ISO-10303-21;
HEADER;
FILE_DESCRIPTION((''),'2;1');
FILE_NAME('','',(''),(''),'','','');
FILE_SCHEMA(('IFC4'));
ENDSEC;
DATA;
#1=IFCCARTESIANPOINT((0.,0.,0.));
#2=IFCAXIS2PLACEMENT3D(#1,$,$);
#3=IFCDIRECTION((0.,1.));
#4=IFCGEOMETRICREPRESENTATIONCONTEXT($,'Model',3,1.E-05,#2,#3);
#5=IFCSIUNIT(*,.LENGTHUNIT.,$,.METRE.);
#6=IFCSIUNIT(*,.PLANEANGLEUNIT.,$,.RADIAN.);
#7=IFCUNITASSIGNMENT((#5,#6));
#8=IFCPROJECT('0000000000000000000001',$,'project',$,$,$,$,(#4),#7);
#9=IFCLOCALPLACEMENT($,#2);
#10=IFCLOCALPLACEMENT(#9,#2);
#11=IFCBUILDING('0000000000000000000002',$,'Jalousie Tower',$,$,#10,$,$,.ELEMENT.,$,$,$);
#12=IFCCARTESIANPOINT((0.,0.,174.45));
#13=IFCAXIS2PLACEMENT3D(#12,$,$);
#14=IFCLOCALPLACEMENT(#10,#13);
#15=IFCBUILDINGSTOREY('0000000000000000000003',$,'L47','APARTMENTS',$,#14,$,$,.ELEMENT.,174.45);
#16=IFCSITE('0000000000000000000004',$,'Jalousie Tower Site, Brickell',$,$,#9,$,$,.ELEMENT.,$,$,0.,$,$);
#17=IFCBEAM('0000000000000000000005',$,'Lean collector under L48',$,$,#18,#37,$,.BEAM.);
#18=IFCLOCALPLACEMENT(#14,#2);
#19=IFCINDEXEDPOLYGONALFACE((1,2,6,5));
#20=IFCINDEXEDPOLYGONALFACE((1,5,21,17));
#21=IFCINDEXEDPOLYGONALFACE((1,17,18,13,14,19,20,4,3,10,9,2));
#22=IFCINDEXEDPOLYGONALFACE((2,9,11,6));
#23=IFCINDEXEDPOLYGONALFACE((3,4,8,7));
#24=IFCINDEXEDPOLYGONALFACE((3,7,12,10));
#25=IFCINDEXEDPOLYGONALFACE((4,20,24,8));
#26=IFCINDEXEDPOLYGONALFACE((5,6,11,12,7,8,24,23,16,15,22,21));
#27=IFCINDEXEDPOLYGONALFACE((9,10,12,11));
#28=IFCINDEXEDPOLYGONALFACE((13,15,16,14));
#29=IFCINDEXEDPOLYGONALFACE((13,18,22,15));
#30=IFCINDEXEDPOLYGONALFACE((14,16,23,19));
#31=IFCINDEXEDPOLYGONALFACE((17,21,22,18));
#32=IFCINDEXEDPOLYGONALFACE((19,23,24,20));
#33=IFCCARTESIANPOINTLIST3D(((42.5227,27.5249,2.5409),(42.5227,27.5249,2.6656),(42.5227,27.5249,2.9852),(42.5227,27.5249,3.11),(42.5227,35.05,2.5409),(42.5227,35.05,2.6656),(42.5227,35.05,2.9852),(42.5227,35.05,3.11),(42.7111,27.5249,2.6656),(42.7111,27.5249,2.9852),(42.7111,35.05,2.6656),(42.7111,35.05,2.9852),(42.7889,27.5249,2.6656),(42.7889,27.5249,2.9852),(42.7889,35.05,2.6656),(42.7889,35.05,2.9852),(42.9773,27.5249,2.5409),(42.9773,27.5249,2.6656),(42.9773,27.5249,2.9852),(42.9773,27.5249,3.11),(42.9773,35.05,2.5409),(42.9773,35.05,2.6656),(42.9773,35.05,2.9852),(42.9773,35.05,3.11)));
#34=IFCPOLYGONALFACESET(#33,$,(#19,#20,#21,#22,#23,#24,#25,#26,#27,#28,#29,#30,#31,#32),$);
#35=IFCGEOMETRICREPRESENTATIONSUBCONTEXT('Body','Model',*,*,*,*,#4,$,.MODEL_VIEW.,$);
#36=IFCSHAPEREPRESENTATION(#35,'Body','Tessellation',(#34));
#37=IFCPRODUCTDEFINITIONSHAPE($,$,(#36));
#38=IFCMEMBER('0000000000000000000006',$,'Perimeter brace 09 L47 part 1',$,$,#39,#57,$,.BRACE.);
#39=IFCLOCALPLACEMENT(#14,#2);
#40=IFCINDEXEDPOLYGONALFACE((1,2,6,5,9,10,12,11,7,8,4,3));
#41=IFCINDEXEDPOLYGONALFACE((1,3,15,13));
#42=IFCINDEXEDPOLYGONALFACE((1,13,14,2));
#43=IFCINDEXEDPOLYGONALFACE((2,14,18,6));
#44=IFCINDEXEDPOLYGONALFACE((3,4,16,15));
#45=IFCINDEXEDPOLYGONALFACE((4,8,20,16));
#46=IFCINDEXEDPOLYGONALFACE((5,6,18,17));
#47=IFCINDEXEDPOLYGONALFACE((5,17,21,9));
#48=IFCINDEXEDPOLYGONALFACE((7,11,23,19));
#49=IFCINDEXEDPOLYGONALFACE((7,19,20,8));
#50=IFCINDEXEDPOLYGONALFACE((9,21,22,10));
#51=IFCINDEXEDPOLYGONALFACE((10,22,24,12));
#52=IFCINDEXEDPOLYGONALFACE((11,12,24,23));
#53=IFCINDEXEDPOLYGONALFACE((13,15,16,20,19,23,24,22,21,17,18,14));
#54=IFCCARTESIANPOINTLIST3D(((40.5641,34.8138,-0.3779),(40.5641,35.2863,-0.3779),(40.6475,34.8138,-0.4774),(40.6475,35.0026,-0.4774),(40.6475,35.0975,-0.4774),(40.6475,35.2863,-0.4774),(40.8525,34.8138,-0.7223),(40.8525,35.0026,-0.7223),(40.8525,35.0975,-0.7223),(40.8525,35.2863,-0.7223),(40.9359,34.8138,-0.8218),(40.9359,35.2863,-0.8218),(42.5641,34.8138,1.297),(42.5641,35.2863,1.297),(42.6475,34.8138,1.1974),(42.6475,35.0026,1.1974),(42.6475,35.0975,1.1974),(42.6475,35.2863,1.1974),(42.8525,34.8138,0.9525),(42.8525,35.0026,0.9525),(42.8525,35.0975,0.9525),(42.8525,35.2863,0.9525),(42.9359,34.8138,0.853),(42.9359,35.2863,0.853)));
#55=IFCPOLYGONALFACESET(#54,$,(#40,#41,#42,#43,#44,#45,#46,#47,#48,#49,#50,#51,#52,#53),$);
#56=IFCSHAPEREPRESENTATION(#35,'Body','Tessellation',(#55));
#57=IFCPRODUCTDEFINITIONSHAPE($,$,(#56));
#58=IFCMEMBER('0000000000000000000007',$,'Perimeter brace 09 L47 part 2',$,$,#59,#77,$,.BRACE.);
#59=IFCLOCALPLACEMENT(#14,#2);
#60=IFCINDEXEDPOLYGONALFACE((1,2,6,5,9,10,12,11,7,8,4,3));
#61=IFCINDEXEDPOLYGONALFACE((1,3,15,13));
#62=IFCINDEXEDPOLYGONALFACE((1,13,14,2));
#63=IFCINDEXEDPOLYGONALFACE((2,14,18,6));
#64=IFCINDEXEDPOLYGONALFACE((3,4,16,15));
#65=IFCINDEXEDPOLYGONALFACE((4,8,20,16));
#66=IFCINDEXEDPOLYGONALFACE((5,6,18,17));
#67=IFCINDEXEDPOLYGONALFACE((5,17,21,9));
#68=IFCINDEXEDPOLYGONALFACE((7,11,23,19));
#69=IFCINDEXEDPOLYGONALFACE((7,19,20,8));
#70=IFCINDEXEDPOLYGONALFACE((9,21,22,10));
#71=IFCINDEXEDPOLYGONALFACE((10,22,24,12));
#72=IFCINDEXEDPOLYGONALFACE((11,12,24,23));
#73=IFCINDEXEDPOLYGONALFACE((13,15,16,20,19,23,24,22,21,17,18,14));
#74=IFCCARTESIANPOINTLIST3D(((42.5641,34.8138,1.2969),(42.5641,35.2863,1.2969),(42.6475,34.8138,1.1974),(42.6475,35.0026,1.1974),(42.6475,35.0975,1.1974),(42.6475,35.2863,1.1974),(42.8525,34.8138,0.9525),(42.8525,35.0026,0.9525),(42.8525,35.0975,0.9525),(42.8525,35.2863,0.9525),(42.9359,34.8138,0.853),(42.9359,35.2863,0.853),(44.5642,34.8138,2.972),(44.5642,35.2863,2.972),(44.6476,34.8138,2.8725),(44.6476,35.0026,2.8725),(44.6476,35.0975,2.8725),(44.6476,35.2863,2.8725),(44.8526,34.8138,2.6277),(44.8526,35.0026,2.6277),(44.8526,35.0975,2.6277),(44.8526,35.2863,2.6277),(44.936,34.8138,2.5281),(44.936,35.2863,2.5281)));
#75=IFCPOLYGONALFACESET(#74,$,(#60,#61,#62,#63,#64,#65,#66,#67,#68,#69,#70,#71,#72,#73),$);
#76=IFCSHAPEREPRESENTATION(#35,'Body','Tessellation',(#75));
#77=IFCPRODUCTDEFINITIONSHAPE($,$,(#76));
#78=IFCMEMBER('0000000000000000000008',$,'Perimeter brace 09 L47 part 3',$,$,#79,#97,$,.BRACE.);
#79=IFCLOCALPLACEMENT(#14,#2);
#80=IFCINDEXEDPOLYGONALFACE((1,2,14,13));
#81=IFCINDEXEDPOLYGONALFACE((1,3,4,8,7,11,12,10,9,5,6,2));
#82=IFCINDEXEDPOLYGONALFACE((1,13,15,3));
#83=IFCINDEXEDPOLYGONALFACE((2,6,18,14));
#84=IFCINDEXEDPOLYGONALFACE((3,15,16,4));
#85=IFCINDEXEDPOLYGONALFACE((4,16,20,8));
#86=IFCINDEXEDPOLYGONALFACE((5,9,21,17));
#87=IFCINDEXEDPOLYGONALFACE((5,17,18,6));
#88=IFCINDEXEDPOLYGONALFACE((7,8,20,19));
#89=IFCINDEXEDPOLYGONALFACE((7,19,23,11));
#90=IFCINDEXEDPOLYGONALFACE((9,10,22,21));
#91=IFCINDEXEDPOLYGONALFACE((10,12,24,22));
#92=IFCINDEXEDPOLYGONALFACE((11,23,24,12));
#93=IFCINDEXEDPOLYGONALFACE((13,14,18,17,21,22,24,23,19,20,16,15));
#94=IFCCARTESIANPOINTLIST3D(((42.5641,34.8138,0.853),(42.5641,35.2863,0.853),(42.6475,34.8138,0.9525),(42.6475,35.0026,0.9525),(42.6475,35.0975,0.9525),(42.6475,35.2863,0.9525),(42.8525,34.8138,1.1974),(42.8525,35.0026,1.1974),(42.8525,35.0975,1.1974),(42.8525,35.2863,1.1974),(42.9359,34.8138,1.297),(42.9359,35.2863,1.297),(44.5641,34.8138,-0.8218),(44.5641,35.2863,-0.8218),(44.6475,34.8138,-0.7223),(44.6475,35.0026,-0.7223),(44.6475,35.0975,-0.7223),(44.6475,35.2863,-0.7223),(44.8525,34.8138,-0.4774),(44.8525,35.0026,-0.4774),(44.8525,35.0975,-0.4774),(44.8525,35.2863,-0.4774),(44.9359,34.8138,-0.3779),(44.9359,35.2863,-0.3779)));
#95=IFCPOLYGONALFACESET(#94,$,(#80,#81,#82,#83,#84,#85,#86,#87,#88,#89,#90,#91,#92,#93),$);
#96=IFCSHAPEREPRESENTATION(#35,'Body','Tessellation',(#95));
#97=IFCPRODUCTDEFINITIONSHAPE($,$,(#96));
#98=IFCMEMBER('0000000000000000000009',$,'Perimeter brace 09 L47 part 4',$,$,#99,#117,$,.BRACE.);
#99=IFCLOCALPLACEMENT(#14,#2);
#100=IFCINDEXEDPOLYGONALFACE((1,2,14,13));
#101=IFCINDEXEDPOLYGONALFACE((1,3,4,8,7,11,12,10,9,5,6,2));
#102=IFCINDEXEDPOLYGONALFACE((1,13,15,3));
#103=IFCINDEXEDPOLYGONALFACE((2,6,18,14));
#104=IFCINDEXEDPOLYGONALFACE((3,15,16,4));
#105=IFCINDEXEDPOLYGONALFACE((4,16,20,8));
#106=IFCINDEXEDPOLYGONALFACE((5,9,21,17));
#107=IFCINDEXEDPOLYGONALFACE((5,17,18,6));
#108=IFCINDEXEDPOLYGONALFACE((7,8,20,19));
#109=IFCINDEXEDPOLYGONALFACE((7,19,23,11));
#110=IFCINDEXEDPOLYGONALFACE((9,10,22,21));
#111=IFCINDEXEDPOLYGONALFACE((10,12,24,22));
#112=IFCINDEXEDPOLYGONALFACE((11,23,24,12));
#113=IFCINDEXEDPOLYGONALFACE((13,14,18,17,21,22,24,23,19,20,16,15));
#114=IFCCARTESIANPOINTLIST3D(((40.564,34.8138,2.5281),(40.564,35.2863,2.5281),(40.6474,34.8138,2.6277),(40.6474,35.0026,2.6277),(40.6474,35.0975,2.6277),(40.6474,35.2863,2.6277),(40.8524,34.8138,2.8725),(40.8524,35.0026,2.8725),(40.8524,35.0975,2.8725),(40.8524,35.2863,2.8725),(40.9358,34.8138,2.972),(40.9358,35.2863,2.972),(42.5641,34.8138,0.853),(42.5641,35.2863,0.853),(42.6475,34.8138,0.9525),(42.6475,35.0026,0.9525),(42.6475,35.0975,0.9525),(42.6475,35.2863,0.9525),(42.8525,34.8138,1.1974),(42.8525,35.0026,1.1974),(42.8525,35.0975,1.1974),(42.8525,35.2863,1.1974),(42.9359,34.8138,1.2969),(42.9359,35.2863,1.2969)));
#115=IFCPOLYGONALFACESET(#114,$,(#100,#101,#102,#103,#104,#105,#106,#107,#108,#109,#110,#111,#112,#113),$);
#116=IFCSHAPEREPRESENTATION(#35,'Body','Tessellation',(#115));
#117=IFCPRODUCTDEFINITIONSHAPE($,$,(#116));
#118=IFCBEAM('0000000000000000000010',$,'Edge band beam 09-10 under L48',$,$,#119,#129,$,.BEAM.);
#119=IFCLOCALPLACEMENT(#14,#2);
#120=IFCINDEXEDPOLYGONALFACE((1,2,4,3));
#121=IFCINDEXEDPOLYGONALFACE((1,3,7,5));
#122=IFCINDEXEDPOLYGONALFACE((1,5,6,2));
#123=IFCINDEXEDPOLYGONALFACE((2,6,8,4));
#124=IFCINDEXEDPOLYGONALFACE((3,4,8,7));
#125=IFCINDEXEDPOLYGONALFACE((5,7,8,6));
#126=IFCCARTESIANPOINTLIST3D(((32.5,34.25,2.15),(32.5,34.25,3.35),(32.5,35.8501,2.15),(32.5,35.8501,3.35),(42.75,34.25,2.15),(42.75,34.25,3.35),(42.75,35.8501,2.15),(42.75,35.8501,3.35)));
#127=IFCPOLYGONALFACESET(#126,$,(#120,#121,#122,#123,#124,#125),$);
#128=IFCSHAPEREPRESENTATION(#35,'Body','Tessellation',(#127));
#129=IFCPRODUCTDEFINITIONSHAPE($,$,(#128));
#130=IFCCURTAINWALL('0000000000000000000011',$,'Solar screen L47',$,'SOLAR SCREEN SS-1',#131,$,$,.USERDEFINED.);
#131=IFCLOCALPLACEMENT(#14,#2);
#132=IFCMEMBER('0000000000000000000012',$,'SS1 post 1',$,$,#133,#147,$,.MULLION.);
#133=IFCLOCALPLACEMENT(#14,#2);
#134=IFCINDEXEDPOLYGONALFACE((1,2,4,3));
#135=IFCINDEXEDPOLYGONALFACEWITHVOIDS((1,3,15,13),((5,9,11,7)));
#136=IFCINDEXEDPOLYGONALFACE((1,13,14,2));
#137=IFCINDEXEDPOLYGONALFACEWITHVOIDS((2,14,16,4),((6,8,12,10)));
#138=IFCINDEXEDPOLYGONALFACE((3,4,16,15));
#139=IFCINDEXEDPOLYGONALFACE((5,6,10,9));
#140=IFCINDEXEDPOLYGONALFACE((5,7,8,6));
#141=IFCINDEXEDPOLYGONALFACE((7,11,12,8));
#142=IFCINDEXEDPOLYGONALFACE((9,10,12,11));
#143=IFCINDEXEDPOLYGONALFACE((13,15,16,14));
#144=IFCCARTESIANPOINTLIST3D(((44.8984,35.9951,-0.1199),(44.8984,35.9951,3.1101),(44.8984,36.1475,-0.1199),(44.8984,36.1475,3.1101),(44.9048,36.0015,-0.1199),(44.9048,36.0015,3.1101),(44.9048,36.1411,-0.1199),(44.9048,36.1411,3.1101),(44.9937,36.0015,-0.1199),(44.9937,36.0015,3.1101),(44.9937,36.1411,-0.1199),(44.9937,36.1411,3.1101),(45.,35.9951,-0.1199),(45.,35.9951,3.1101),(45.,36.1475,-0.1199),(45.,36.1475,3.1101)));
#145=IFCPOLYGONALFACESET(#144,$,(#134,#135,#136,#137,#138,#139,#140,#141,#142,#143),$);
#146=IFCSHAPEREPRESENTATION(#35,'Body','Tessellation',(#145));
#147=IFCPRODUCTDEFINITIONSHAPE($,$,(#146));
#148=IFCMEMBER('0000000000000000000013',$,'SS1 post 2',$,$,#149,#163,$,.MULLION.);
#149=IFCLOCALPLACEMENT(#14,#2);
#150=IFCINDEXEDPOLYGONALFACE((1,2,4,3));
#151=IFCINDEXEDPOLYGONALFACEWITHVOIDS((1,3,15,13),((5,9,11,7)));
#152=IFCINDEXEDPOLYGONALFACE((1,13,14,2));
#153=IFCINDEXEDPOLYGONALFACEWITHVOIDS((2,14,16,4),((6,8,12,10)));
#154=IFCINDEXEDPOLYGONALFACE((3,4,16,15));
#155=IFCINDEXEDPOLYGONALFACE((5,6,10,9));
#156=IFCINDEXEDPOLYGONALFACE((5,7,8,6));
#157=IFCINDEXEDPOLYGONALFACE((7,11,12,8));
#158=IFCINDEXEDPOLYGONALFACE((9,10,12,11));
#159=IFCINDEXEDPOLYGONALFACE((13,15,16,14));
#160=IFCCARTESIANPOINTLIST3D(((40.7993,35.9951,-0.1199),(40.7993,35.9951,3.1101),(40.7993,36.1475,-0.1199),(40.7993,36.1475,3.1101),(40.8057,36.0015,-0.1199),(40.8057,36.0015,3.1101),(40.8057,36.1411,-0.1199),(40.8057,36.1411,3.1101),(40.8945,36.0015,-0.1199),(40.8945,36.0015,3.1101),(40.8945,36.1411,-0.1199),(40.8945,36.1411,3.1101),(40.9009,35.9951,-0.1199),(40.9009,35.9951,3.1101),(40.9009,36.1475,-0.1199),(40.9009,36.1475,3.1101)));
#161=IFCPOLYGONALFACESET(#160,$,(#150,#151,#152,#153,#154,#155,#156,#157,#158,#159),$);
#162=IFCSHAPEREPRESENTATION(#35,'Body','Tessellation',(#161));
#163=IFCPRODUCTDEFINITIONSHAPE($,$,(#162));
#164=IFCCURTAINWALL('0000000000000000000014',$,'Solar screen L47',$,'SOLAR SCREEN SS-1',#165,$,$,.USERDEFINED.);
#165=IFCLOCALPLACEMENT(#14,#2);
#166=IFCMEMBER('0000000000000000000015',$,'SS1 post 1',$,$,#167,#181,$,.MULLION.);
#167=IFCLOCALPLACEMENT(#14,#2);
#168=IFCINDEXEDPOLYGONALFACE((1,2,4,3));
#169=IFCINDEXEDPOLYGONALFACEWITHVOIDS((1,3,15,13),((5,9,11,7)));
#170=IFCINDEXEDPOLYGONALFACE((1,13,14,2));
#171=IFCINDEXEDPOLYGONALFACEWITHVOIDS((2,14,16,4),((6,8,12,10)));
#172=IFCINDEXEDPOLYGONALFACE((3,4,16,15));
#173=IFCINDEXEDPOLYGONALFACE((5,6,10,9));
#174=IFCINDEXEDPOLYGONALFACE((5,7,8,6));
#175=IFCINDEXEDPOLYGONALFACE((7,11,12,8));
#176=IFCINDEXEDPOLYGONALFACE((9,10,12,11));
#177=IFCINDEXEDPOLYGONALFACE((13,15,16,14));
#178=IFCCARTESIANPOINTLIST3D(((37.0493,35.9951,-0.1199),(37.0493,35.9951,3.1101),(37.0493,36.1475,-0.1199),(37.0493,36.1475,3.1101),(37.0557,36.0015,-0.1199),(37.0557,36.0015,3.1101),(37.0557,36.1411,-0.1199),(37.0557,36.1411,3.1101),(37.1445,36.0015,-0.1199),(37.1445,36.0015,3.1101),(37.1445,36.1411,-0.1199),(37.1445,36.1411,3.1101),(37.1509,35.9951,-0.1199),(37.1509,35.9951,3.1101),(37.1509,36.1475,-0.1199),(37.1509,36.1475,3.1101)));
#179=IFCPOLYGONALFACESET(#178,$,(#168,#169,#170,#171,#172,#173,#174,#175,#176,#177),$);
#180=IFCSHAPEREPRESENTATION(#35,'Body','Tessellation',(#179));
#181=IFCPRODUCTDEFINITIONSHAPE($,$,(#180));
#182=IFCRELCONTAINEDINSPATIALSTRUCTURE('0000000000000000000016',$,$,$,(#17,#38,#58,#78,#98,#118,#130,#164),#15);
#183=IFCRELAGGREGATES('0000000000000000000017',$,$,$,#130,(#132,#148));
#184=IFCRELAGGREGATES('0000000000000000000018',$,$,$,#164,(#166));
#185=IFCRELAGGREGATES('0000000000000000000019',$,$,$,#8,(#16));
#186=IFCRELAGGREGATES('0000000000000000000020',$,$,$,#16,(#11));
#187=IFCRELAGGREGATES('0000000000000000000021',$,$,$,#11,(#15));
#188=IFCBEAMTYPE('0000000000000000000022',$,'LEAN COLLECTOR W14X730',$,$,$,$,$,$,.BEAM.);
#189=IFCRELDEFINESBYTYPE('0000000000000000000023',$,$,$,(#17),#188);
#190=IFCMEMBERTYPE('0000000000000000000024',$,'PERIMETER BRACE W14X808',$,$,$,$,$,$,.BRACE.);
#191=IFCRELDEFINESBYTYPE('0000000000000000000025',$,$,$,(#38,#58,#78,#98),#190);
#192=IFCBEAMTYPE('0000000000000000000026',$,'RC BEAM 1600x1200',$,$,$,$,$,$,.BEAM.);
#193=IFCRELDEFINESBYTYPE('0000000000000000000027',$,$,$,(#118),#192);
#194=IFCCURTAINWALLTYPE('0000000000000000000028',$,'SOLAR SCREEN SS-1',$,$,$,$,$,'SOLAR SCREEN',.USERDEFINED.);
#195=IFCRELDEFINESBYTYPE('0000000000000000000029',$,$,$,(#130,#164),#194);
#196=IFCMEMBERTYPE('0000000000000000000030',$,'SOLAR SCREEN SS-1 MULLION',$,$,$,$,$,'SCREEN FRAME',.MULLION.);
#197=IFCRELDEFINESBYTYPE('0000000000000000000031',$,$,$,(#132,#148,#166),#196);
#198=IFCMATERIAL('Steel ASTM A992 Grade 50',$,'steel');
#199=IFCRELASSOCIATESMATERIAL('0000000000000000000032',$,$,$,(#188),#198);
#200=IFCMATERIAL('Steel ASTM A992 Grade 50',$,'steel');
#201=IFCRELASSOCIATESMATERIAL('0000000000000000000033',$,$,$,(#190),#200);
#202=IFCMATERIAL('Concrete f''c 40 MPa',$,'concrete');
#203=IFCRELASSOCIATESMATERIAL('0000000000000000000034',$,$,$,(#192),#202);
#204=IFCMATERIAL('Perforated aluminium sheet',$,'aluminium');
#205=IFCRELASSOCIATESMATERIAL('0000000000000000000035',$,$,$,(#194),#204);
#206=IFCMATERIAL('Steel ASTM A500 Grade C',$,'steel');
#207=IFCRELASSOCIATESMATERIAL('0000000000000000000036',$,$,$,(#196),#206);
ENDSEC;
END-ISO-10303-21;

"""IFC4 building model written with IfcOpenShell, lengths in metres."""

from ifc_helpers import new_model, si_unit, direction, frame, origin, origin_2d, place, context, subcontext, project, spatial, rectangle, hollow_rectangle, i_section, extrude, material, material_profile, profile_set, type_object, element, aggregate, save


model = new_model("IFC4")

# Units and contexts
model_context = context("Model", 3, precision=1e-05, world=origin(), true_north=direction((0.0, 1.0)))
body_context = subcontext(model_context, "Body", "Model", "MODEL_VIEW")
ifc_project = project(units=[si_unit("LENGTHUNIT", "METRE"), si_unit("PLANEANGLEUNIT", "RADIAN")], contexts=[model_context])

# Site, building, storey
site_placement = place(None, origin())
site = spatial("IfcSite", under=ifc_project, at=site_placement, Name="Jalousie Tower Site, Brickell", CompositionType="ELEMENT", RefElevation=0.0)
building_placement = place(site_placement, origin())
building = spatial("IfcBuilding", under=site, at=building_placement, Name="Jalousie Tower", CompositionType="ELEMENT")
storey_placement = place(building_placement, frame((0.0, 0.0, 174.45)))
storey = spatial("IfcBuildingStorey", under=building, at=storey_placement, Name="L47", Description="APARTMENTS", CompositionType="ELEMENT", Elevation=174.45)

# Beam
ifc_material_1 = material(Name="Steel ASTM A992 Grade 50", Category="steel")
ifc_material_profile_1 = material_profile(ifc_material_1, i_section(OverallWidth=0.4546, OverallDepth=0.5691, WebThickness=0.0779, FlangeThickness=0.1248, at=origin_2d()), Name="W14X730")
ifc_profile_set_1 = profile_set([ifc_material_profile_1], Name="Steel ASTM A992 Grade 50")
beam_type_1 = type_object("IfcBeamType", Name="LEAN COLLECTOR W14X730", PredefinedType="BEAM", material=ifc_profile_set_1)
beam_1_placement = place(storey_placement, frame((42.75, 35.05, 2.8254), z_axis=(0.0, -1.0, 0.0), x_axis=(1.0, 0.0, 0.0)))
element("IfcBeam", 1, at=beam_1_placement, inside=storey, type_object=beam_type_1, Name="Lean collector under L48", PredefinedType="BEAM", context=body_context, shape_type="SweptSolid", body=[
    extrude(i_section(OverallWidth=0.4546, OverallDepth=0.5691, WebThickness=0.0779, FlangeThickness=0.1248, at=origin_2d()), origin(), (0.0, 0.0, 1.0), 7.5251),
])

# Members
ifc_material_2 = material(Name="Steel ASTM A992 Grade 50", Category="steel")
ifc_material_profile_2 = material_profile(ifc_material_2, i_section(OverallWidth=0.4724, OverallDepth=0.5791, WebThickness=0.095, FlangeThickness=0.1299, at=origin_2d()), Name="W14X808")
ifc_profile_set_2 = profile_set([ifc_material_profile_2], Name="Steel ASTM A992 Grade 50")
member_type_1 = type_object("IfcMemberType", Name="PERIMETER BRACE W14X808", PredefinedType="BRACE", material=ifc_profile_set_2)
member_1_placement = place(storey_placement, frame((40.75, 35.05, -0.5999), z_axis=(0.766685, 0.0, 0.642024), x_axis=(0.0, 1.0, 0.0)))
element("IfcMember", 2, at=member_1_placement, inside=storey, type_object=member_type_1, Name="Perimeter brace 09 L47 part 1", PredefinedType="BRACE", context=body_context, shape_type="SweptSolid", body=[
    extrude(i_section(OverallWidth=0.4724, OverallDepth=0.5791, WebThickness=0.095, FlangeThickness=0.1299, at=origin_2d()), origin(), (0.0, 0.0, 1.0), 2.6086),
])
member_2_placement = place(storey_placement, frame((42.75, 35.05, 1.075), z_axis=(0.766639, 0.0, 0.642079), x_axis=(0.0, 1.0, 0.0)))
element("IfcMember", 3, at=member_2_placement, inside=storey, type_object=member_type_1, Name="Perimeter brace 09 L47 part 2", PredefinedType="BRACE", context=body_context, shape_type="SweptSolid", body=[
    extrude(i_section(OverallWidth=0.4724, OverallDepth=0.5791, WebThickness=0.095, FlangeThickness=0.1299, at=origin_2d()), origin(), (0.0, 0.0, 1.0), 2.6089),
])
member_3_placement = place(storey_placement, frame((44.75, 35.05, -0.5999), z_axis=(-0.766685, 0.0, 0.642024), x_axis=(0.0, -1.0, 0.0)))
element("IfcMember", 4, at=member_3_placement, inside=storey, type_object=member_type_1, Name="Perimeter brace 09 L47 part 3", PredefinedType="BRACE", context=body_context, shape_type="SweptSolid", body=[
    extrude(i_section(OverallWidth=0.4724, OverallDepth=0.5791, WebThickness=0.095, FlangeThickness=0.1299, at=origin_2d()), origin(), (0.0, 0.0, 1.0), 2.6086),
])
member_4_placement = place(storey_placement, frame((42.75, 35.05, 1.075), z_axis=(-0.766639, 0.0, 0.642079), x_axis=(0.0, -1.0, 0.0)))
element("IfcMember", 5, at=member_4_placement, inside=storey, type_object=member_type_1, Name="Perimeter brace 09 L47 part 4", PredefinedType="BRACE", context=body_context, shape_type="SweptSolid", body=[
    extrude(i_section(OverallWidth=0.4724, OverallDepth=0.5791, WebThickness=0.095, FlangeThickness=0.1299, at=origin_2d()), origin(), (0.0, 0.0, 1.0), 2.6089),
])

# Beam
ifc_material_3 = material(Name="Concrete f'c 40 MPa", Category="concrete")
ifc_material_profile_3 = material_profile(ifc_material_3, rectangle(XDim=1.6001, YDim=1.2, at=origin_2d()), Name="RC 1600x1200")
ifc_profile_set_3 = profile_set([ifc_material_profile_3], Name="Concrete f'c 40 MPa")
beam_type_2 = type_object("IfcBeamType", Name="RC BEAM 1600x1200", PredefinedType="BEAM", material=ifc_profile_set_3)
beam_2_placement = place(storey_placement, frame((42.75, 35.05, 2.75), z_axis=(-1.0, 0.0, 0.0), x_axis=(0.0, -1.0, 0.0)))
element("IfcBeam", 6, at=beam_2_placement, inside=storey, type_object=beam_type_2, Name="Edge band beam 09-10 under L48", PredefinedType="BEAM", context=body_context, shape_type="SweptSolid", body=[
    extrude(rectangle(XDim=1.6001, YDim=1.2, at=origin_2d()), origin(), (0.0, 0.0, 1.0), 10.25),
])

# Curtain walls, members
ifc_material_4 = material(Name="Perforated aluminium sheet", Category="aluminium")
curtain_wall_type = type_object("IfcCurtainWallType", Name="SOLAR SCREEN SS-1", ElementType="SOLAR SCREEN", PredefinedType="USERDEFINED", material=ifc_material_4)
curtain_wall_1_placement = place(storey_placement, origin())
curtain_wall_1 = element("IfcCurtainWall", 7, at=curtain_wall_1_placement, inside=storey, type_object=curtain_wall_type, Name="Solar screen L47", ObjectType="SOLAR SCREEN SS-1", PredefinedType="USERDEFINED")
ifc_material_5 = material(Name="Steel ASTM A500 Grade C", Category="steel")
ifc_material_profile_4 = material_profile(ifc_material_5, hollow_rectangle(XDim=0.1016, YDim=0.1523, WallThickness=0.0063, at=origin_2d()), Name="HSS6X4X1/4")
ifc_profile_set_4 = profile_set([ifc_material_profile_4], Name="Steel ASTM A500 Grade C")
member_type_2 = type_object("IfcMemberType", Name="SOLAR SCREEN SS-1 MULLION", ElementType="SCREEN FRAME", PredefinedType="MULLION", material=ifc_profile_set_4)
member_5_placement = place(storey_placement, frame((44.9492, 36.0713, -0.1199), z_axis=(0.0, 0.0, 1.0), x_axis=(-1.0, 0.0, 0.0)))
member_5 = element("IfcMember", 8, at=member_5_placement, type_object=member_type_2, Name="SS1 post 1", PredefinedType="MULLION", context=body_context, shape_type="SweptSolid", body=[
    extrude(hollow_rectangle(XDim=0.1016, YDim=0.1523, WallThickness=0.0063, at=origin_2d()), origin(), (0.0, 0.0, 1.0), 3.23),
])
member_6_placement = place(storey_placement, frame((40.8501, 36.0713, -0.1199), z_axis=(0.0, 0.0, 1.0), x_axis=(-1.0, 0.0, 0.0)))
member_6 = element("IfcMember", 9, at=member_6_placement, type_object=member_type_2, Name="SS1 post 2", PredefinedType="MULLION", context=body_context, shape_type="SweptSolid", body=[
    extrude(hollow_rectangle(XDim=0.1016, YDim=0.1523, WallThickness=0.0063, at=origin_2d()), origin(), (0.0, 0.0, 1.0), 3.23),
])
curtain_wall_2_placement = place(storey_placement, origin())
curtain_wall_2 = element("IfcCurtainWall", 10, at=curtain_wall_2_placement, inside=storey, type_object=curtain_wall_type, Name="Solar screen L47", ObjectType="SOLAR SCREEN SS-1", PredefinedType="USERDEFINED")
member_7_placement = place(storey_placement, frame((37.1001, 36.0713, -0.1199), z_axis=(0.0, 0.0, 1.0), x_axis=(-1.0, 0.0, 0.0)))
member_7 = element("IfcMember", 11, at=member_7_placement, type_object=member_type_2, Name="SS1 post 1", PredefinedType="MULLION", context=body_context, shape_type="SweptSolid", body=[
    extrude(hollow_rectangle(XDim=0.1016, YDim=0.1523, WallThickness=0.0063, at=origin_2d()), origin(), (0.0, 0.0, 1.0), 3.23),
])

aggregate(curtain_wall_1, [member_5, member_6])
aggregate(curtain_wall_2, [member_7])

save(model, "model.ifc")
